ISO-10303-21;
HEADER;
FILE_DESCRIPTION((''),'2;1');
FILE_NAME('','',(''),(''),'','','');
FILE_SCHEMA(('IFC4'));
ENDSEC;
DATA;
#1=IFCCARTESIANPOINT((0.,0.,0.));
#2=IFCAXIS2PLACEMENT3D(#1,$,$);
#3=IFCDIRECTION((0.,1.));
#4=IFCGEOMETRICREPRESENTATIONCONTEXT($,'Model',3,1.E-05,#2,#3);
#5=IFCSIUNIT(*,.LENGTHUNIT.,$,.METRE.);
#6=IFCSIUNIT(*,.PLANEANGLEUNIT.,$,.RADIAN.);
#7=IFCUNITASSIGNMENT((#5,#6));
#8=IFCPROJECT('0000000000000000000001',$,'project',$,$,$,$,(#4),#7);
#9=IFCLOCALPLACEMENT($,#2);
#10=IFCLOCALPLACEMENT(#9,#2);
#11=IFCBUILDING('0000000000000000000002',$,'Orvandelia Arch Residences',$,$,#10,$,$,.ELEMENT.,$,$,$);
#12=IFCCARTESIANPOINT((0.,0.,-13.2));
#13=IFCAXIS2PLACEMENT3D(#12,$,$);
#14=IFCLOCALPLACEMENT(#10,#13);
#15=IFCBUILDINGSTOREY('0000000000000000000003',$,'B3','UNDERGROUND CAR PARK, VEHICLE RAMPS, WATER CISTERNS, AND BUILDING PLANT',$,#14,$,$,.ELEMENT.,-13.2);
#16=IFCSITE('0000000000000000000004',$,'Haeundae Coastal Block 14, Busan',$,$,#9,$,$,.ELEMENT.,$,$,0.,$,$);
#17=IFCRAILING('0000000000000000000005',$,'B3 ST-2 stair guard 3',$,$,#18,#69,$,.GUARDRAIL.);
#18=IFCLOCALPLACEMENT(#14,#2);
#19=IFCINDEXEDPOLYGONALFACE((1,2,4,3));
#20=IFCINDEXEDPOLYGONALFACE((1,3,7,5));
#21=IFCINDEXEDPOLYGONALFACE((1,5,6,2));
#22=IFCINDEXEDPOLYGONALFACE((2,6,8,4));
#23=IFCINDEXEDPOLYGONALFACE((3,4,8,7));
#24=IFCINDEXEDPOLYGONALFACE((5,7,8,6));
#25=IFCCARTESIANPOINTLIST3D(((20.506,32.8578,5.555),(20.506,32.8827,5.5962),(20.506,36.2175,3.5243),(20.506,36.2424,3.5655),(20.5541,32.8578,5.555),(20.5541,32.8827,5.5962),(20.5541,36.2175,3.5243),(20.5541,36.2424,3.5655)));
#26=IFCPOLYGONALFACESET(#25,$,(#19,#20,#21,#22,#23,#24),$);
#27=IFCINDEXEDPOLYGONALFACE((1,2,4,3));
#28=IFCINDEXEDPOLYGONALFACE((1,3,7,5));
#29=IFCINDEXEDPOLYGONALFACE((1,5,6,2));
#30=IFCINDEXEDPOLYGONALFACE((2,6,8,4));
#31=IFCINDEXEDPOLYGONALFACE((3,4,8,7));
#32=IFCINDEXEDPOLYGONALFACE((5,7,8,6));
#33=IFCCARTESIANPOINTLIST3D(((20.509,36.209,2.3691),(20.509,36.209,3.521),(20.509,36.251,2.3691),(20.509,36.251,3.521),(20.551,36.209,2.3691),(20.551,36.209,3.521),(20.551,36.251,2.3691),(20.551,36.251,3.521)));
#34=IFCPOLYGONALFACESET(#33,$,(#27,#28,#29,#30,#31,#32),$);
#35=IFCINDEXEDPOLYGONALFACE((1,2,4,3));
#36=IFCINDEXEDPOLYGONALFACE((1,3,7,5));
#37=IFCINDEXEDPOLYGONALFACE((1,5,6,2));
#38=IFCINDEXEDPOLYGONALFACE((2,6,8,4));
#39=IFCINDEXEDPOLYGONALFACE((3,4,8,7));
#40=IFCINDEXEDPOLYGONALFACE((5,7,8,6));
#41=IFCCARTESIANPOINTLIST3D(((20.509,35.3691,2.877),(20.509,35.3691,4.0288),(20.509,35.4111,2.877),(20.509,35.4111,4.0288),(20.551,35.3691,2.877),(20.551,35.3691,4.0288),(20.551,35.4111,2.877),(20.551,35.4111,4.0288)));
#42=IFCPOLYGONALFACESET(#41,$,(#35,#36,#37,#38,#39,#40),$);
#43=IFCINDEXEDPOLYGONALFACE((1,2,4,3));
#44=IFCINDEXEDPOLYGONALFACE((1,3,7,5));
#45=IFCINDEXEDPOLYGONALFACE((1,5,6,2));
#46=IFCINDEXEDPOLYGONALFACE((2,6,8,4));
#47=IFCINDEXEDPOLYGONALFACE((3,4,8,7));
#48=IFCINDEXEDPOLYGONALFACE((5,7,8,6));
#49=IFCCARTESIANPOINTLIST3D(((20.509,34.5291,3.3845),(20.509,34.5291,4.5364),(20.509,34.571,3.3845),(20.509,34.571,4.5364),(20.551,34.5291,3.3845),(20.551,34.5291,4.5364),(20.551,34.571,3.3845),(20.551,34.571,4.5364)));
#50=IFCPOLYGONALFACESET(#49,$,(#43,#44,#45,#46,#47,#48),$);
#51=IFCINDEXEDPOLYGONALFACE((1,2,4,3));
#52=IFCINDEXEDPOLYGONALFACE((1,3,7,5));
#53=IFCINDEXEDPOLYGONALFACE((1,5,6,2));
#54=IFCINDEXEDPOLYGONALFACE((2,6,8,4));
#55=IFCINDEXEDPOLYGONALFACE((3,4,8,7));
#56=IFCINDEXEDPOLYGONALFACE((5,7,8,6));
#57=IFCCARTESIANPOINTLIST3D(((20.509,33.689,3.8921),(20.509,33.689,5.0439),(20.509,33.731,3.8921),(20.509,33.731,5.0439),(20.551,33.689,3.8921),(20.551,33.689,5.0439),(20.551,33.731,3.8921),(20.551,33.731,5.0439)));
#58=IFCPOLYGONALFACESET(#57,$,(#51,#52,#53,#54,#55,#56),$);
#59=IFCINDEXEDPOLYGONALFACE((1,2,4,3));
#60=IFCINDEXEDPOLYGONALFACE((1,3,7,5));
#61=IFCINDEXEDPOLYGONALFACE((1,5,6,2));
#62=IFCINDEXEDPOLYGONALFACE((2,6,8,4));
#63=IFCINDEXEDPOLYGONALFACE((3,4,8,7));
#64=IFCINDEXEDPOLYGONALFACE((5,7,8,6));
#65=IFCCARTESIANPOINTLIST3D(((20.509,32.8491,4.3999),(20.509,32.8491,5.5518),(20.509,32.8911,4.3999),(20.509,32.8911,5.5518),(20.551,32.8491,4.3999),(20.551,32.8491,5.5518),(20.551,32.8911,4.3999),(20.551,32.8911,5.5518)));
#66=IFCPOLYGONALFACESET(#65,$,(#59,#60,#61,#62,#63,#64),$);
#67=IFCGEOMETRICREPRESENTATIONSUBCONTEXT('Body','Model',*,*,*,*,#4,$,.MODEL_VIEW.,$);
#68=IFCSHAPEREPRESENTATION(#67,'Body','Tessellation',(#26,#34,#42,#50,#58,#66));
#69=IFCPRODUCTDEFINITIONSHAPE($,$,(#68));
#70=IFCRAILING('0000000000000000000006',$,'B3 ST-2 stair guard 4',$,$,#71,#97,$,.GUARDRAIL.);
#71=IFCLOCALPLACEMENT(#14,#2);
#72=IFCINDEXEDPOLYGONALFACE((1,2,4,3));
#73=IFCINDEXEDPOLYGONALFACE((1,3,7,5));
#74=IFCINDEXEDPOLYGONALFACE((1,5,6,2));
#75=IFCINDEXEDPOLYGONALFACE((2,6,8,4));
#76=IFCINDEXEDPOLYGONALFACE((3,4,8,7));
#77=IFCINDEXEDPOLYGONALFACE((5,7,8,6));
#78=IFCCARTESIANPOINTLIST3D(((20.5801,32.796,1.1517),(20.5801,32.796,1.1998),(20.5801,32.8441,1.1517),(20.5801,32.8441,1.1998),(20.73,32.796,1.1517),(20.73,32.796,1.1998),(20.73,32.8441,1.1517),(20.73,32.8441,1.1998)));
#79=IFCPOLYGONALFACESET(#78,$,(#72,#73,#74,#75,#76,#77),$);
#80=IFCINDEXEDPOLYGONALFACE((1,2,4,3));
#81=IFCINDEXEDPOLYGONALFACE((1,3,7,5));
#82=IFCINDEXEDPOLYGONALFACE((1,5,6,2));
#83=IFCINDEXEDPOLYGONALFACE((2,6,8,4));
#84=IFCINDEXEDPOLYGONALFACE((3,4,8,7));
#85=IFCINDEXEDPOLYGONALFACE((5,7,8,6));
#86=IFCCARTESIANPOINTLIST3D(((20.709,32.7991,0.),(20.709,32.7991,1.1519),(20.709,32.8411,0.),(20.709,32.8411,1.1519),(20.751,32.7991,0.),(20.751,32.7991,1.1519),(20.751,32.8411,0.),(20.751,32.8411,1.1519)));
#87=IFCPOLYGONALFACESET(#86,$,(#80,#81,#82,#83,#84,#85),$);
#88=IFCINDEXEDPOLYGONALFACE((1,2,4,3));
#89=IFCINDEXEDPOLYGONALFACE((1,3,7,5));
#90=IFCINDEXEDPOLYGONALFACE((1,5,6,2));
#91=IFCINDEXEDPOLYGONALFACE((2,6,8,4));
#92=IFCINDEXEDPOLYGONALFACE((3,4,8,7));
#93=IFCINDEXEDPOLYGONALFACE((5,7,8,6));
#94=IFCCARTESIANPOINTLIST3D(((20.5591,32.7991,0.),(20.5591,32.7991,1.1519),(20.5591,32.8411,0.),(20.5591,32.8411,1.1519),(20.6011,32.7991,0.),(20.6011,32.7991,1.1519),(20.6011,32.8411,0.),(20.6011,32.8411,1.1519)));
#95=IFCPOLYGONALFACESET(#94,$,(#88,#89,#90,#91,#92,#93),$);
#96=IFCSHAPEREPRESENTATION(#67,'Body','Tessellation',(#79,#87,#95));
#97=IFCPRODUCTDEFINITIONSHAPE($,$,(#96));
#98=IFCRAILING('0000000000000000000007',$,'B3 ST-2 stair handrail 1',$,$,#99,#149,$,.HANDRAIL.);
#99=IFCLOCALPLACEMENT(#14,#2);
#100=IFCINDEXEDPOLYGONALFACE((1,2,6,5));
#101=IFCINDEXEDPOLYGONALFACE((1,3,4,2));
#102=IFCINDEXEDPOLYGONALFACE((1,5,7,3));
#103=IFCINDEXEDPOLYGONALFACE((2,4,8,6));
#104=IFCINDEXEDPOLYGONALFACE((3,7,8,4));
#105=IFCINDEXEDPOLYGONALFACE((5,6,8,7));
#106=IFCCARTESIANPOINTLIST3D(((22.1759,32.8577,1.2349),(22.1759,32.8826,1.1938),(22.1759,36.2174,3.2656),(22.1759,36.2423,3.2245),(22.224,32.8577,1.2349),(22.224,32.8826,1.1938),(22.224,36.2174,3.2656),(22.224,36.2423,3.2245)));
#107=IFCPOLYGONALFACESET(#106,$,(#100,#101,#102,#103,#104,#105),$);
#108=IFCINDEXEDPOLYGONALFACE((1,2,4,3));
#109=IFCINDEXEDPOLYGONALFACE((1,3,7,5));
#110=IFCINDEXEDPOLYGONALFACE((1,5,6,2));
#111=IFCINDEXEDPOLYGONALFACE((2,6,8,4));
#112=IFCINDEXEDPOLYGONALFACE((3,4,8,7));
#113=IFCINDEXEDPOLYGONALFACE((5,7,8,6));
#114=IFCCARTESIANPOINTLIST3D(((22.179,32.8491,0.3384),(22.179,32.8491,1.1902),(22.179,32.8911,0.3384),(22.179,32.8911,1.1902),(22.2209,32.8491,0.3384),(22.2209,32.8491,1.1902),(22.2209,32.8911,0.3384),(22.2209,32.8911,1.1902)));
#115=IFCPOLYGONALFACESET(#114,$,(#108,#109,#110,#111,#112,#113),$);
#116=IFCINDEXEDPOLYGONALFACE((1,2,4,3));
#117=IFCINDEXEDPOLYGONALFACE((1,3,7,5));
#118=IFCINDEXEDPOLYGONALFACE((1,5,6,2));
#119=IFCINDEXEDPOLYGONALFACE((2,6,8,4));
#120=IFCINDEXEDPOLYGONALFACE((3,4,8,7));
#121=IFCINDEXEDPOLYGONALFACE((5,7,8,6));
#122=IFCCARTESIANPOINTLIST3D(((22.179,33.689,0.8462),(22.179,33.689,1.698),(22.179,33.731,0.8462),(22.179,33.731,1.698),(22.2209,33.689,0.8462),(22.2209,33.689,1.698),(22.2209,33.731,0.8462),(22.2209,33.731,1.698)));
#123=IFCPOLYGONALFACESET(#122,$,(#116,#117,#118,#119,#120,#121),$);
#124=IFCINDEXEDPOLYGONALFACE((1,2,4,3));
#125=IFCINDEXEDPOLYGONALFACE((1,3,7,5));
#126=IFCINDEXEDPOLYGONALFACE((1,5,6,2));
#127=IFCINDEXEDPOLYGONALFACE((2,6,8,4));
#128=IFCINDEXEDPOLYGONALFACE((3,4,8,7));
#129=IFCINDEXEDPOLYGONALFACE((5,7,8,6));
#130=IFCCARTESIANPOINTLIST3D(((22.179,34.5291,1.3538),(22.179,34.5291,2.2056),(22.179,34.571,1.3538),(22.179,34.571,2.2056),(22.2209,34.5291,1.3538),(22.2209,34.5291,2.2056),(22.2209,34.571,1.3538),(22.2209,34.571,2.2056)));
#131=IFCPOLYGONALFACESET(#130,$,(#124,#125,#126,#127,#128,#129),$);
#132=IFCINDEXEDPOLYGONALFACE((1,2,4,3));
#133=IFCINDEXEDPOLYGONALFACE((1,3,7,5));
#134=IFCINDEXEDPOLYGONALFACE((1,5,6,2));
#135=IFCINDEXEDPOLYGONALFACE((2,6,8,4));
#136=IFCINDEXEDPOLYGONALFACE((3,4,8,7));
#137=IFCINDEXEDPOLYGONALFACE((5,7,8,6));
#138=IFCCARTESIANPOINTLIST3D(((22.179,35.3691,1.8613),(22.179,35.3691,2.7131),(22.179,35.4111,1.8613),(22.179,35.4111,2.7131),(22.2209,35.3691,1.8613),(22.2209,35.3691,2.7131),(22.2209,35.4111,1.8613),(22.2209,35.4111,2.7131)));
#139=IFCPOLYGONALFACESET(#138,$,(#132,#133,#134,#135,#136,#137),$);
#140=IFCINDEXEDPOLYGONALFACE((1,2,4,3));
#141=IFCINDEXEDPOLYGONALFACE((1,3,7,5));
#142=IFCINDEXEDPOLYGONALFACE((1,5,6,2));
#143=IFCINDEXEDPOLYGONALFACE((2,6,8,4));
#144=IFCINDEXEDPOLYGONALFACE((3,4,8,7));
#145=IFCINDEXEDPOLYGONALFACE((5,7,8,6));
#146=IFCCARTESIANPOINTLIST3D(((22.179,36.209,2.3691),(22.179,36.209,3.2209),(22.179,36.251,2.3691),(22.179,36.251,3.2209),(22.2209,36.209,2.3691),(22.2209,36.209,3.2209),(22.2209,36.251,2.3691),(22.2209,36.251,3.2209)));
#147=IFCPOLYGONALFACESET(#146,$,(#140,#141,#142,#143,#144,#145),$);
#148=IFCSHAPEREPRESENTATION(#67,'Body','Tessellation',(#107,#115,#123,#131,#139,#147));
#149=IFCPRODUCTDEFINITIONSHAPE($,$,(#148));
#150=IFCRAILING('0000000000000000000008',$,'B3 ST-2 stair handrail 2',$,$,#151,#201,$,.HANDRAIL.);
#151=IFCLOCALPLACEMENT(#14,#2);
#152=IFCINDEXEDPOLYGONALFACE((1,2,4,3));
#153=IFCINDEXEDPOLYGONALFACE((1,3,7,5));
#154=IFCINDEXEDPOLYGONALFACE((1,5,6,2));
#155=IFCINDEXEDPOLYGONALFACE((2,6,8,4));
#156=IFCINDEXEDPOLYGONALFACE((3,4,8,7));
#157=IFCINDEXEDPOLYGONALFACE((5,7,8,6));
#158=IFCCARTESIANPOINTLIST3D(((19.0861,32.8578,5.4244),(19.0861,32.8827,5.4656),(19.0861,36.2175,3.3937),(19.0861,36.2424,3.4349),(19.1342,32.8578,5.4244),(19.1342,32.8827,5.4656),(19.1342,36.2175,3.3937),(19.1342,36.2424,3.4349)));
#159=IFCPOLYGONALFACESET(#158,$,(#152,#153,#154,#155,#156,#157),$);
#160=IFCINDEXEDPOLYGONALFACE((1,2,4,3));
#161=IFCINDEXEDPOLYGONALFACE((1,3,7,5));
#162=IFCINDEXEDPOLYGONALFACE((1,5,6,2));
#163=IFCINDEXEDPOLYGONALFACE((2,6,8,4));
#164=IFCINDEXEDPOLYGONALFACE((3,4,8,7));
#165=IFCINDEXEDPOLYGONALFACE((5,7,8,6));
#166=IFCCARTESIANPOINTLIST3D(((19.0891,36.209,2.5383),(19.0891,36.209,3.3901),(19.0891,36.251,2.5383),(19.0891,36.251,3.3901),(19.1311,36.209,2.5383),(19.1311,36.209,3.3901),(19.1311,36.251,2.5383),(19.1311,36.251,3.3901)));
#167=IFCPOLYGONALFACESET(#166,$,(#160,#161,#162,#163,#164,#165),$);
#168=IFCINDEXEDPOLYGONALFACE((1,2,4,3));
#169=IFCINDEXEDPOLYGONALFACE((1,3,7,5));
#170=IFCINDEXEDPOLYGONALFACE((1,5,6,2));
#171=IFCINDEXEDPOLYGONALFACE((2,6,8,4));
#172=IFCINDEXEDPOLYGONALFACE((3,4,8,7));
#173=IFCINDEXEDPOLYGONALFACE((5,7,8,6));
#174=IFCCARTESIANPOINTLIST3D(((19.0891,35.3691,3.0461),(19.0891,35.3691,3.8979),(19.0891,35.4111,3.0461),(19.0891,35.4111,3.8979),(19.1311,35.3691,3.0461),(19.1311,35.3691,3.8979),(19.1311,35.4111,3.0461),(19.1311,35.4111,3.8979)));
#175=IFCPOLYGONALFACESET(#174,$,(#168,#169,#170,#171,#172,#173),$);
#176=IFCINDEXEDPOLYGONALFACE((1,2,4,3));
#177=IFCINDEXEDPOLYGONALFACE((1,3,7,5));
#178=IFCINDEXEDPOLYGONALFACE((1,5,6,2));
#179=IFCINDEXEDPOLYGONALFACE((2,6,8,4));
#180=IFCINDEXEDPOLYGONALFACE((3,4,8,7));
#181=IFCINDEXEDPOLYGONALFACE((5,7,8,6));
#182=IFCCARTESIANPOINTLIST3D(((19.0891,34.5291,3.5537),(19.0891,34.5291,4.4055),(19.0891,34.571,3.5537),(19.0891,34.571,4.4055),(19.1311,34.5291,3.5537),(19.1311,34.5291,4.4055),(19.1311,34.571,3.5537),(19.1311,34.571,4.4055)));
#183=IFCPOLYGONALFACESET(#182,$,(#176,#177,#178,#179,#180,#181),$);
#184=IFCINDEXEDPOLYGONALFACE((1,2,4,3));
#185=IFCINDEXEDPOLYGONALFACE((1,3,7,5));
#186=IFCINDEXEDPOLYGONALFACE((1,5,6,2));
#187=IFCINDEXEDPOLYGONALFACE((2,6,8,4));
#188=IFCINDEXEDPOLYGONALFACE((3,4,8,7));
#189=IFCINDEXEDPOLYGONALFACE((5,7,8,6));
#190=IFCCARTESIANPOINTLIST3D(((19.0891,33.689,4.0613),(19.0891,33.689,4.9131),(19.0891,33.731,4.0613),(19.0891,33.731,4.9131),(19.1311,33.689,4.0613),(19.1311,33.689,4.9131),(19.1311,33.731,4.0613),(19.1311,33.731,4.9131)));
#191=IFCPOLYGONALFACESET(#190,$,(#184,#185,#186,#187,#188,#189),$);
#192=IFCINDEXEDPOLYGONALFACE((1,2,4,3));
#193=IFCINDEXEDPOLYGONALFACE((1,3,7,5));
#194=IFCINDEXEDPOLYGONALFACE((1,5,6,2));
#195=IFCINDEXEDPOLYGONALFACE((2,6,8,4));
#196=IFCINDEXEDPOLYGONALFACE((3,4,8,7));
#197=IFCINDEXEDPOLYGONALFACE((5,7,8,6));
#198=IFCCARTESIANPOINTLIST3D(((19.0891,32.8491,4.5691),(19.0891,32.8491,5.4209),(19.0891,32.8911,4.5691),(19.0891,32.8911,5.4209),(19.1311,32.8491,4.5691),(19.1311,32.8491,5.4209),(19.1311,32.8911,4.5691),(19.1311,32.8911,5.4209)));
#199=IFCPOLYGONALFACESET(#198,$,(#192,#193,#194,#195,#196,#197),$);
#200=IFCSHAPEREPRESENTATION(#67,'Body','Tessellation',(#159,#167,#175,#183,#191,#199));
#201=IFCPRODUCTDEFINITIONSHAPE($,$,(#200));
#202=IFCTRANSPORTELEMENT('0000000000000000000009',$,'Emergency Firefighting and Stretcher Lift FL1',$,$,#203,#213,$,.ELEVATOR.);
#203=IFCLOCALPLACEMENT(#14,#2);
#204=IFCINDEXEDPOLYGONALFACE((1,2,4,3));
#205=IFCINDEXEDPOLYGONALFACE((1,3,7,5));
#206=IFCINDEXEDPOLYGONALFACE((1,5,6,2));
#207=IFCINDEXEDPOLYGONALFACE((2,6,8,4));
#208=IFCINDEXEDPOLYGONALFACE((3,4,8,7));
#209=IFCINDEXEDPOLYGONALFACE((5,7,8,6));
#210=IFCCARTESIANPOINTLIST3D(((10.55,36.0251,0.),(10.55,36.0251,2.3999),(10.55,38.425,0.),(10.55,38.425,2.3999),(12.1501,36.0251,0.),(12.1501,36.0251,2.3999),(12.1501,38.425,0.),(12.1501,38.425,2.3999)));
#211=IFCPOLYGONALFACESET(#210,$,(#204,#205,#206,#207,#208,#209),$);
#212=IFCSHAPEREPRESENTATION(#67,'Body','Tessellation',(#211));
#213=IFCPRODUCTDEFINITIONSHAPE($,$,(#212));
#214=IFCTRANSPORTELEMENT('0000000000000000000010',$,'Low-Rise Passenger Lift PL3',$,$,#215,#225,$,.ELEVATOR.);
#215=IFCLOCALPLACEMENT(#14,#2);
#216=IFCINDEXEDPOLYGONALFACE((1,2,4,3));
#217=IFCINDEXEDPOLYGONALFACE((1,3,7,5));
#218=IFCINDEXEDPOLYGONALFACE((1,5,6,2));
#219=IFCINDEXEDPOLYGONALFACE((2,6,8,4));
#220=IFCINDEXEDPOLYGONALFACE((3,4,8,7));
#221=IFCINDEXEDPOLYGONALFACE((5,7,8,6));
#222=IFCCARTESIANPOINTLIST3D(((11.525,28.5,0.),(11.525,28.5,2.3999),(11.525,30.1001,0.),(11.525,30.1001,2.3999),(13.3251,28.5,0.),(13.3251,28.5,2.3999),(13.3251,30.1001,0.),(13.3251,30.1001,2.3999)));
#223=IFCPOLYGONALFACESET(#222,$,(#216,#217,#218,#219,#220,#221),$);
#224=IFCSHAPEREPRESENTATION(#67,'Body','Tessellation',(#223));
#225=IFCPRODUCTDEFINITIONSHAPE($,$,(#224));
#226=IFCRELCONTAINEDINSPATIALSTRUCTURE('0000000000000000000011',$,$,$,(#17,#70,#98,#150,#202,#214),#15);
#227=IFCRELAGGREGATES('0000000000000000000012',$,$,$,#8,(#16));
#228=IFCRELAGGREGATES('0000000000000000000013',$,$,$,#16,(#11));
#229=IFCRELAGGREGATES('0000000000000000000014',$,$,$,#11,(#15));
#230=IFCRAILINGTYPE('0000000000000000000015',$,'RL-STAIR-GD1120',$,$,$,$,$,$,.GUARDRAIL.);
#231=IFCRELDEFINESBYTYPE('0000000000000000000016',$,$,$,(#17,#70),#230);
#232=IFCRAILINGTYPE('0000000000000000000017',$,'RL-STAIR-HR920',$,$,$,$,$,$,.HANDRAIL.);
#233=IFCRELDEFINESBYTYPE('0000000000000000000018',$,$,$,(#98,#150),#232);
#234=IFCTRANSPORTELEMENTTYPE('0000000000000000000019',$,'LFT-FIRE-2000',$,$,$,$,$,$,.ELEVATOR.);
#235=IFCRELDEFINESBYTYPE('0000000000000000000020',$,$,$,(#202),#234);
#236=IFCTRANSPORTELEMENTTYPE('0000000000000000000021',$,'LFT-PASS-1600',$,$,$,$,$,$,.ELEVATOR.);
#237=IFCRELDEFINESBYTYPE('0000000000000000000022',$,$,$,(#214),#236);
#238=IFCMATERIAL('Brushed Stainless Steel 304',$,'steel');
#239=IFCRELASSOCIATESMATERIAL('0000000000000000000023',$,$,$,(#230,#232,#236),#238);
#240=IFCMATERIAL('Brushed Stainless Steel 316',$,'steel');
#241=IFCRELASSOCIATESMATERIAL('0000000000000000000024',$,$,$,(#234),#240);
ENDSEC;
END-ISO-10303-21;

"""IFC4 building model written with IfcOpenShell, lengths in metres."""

from ifc_helpers import new_model, si_unit, direction, frame, origin, origin_2d, place, context, subcontext, project, spatial, rectangle, extrude, material, type_object, element, save


model = new_model("IFC4")

# Units and contexts
model_context = context("Model", 3, precision=1e-05, world=origin(), true_north=direction((0.0, 1.0)))
body_context = subcontext(model_context, "Body", "Model", "MODEL_VIEW")
ifc_project = project(units=[si_unit("LENGTHUNIT", "METRE"), si_unit("PLANEANGLEUNIT", "RADIAN")], contexts=[model_context])

# Site, building, storey
site_placement = place(None, origin())
site = spatial("IfcSite", under=ifc_project, at=site_placement, Name="Haeundae Coastal Block 14, Busan", CompositionType="ELEMENT", RefElevation=0.0)
building_placement = place(site_placement, origin())
building = spatial("IfcBuilding", under=site, at=building_placement, Name="Orvandelia Arch Residences", CompositionType="ELEMENT")
storey_placement = place(building_placement, frame((0.0, 0.0, -13.2)))
storey = spatial("IfcBuildingStorey", under=building, at=storey_placement, Name="B3", Description="UNDERGROUND CAR PARK, VEHICLE RAMPS, WATER CISTERNS, AND BUILDING PLANT", CompositionType="ELEMENT", Elevation=-13.2)

# Railings
ifc_material_1 = material(Name="Brushed Stainless Steel 304", Category="steel")
railing_type_1 = type_object("IfcRailingType", Name="RL-STAIR-GD1120", PredefinedType="GUARDRAIL", material=ifc_material_1)
railing_1_placement = place(storey_placement, frame((20.53, 36.23, 2.3691)))
element("IfcRailing", 1, at=railing_1_placement, inside=storey, type_object=railing_type_1, Name="B3 ST-2 stair guard 3", PredefinedType="GUARDRAIL", context=body_context, shape_type="SweptSolid", body=[
    extrude(rectangle(XDim=0.0481, YDim=0.0481, at=origin_2d()), frame((0.0, 0.0, 1.1758), z_axis=(0.0, -0.85582, 0.517273), x_axis=(1.0, 0.0, 0.0)), (0.0, 0.0, 1.0), 3.9258),
    extrude(rectangle(XDim=0.042, YDim=0.042, at=origin_2d()), origin(), (0.0, 0.0, 1.0), 1.1519),
    extrude(rectangle(XDim=0.042, YDim=0.042, at=origin_2d()), frame((0.0, -0.8398, 0.5078)), (0.0, 0.0, 1.0), 1.1519),
    extrude(rectangle(XDim=0.042, YDim=0.042, at=origin_2d()), frame((0.0, -1.6799, 1.0154)), (0.0, 0.0, 1.0), 1.1519),
    extrude(rectangle(XDim=0.042, YDim=0.042, at=origin_2d()), frame((0.0, -2.52, 1.5229)), (0.0, 0.0, 1.0), 1.1519),
    extrude(rectangle(XDim=0.042, YDim=0.042, at=origin_2d()), frame((0.0, -3.3599, 2.0308)), (0.0, 0.0, 1.0), 1.1519),
])
railing_2_placement = place(storey_placement, frame((20.73, 32.8201, 0.0)))
element("IfcRailing", 2, at=railing_2_placement, inside=storey, type_object=railing_type_1, Name="B3 ST-2 stair guard 4", PredefinedType="GUARDRAIL", context=body_context, shape_type="SweptSolid", body=[
    extrude(rectangle(XDim=0.0481, YDim=0.0481, at=origin_2d()), frame((0.0, 0.0, 1.1758), z_axis=(-1.0, 0.0, 0.0), x_axis=(0.0, -1.0, 0.0)), (0.0, 0.0, 1.0), 0.1499),
    extrude(rectangle(XDim=0.042, YDim=0.042, at=origin_2d()), origin(), (0.0, 0.0, 1.0), 1.1519),
    extrude(rectangle(XDim=0.042, YDim=0.042, at=origin_2d()), frame((-0.1499, 0.0, 0.0)), (0.0, 0.0, 1.0), 1.1519),
])
railing_type_2 = type_object("IfcRailingType", Name="RL-STAIR-HR920", PredefinedType="HANDRAIL", material=ifc_material_1)
railing_3_placement = place(storey_placement, frame((22.2, 32.8701, 0.3384)))
element("IfcRailing", 3, at=railing_3_placement, inside=storey, type_object=railing_type_2, Name="B3 ST-2 stair handrail 1", PredefinedType="HANDRAIL", context=body_context, shape_type="SweptSolid", body=[
    extrude(rectangle(XDim=0.0481, YDim=0.0481, at=origin_2d()), frame((0.0, 0.0, 0.876), z_axis=(0.0, 0.85582, 0.517273), x_axis=(-1.0, 0.0, 0.0)), (0.0, 0.0, 1.0), 3.9258),
    extrude(rectangle(XDim=0.042, YDim=0.042, at=origin_2d()), origin(), (0.0, 0.0, 1.0), 0.8518),
    extrude(rectangle(XDim=0.042, YDim=0.042, at=origin_2d()), frame((0.0, 0.8398, 0.5078)), (0.0, 0.0, 1.0), 0.8518),
    extrude(rectangle(XDim=0.042, YDim=0.042, at=origin_2d()), frame((0.0, 1.6799, 1.0154)), (0.0, 0.0, 1.0), 0.8518),
    extrude(rectangle(XDim=0.042, YDim=0.042, at=origin_2d()), frame((0.0, 2.52, 1.5229)), (0.0, 0.0, 1.0), 0.8518),
    extrude(rectangle(XDim=0.042, YDim=0.042, at=origin_2d()), frame((0.0, 3.3599, 2.0308)), (0.0, 0.0, 1.0), 0.8518),
])
railing_4_placement = place(storey_placement, frame((19.1101, 36.23, 2.5383)))
element("IfcRailing", 4, at=railing_4_placement, inside=storey, type_object=railing_type_2, Name="B3 ST-2 stair handrail 2", PredefinedType="HANDRAIL", context=body_context, shape_type="SweptSolid", body=[
    extrude(rectangle(XDim=0.0481, YDim=0.0481, at=origin_2d()), frame((0.0, 0.0, 0.876), z_axis=(0.0, -0.85582, 0.517273), x_axis=(1.0, 0.0, 0.0)), (0.0, 0.0, 1.0), 3.9258),
    extrude(rectangle(XDim=0.042, YDim=0.042, at=origin_2d()), origin(), (0.0, 0.0, 1.0), 0.8518),
    extrude(rectangle(XDim=0.042, YDim=0.042, at=origin_2d()), frame((0.0, -0.8398, 0.5078)), (0.0, 0.0, 1.0), 0.8518),
    extrude(rectangle(XDim=0.042, YDim=0.042, at=origin_2d()), frame((0.0, -1.6799, 1.0154)), (0.0, 0.0, 1.0), 0.8518),
    extrude(rectangle(XDim=0.042, YDim=0.042, at=origin_2d()), frame((0.0, -2.52, 1.5229)), (0.0, 0.0, 1.0), 0.8518),
    extrude(rectangle(XDim=0.042, YDim=0.042, at=origin_2d()), frame((0.0, -3.3599, 2.0308)), (0.0, 0.0, 1.0), 0.8518),
])

# Transport elements
ifc_material_2 = material(Name="Brushed Stainless Steel 316", Category="steel")
transport_element_type_1 = type_object("IfcTransportElementType", Name="LFT-FIRE-2000", PredefinedType="ELEVATOR", material=ifc_material_2)
transport_element_placement = place(storey_placement, frame((11.3501, 37.2251, 0.0), z_axis=(0.0, 0.0, 1.0), x_axis=(1.0, 0.0, 0.0)))
element("IfcTransportElement", 5, at=transport_element_placement, inside=storey, type_object=transport_element_type_1, Name="Emergency Firefighting and Stretcher Lift FL1", PredefinedType="ELEVATOR", context=body_context, shape_type="SweptSolid", body=[
    extrude(rectangle(XDim=1.6001, YDim=2.3999, at=origin_2d()), origin(), (0.0, 0.0, 1.0), 2.3999),
])
transport_element_type_2 = type_object("IfcTransportElementType", Name="LFT-PASS-1600", PredefinedType="ELEVATOR", material=ifc_material_1)
for number, where, z_axis, x_axis, name in (
    (6, (12.425, 29.3, 0.0), (0.0, 0.0, 1.0), (1.0, 0.0, 0.0), "Low-Rise Passenger Lift PL3"),
):
    element("IfcTransportElement", number, at=place(storey_placement, frame(where, z_axis=z_axis, x_axis=x_axis)), inside=storey, type_object=transport_element_type_2, Name=name, PredefinedType="ELEVATOR", context=body_context, shape_type="SweptSolid", body=[
        extrude(rectangle(XDim=1.8, YDim=1.6001, at=origin_2d()), origin(), (0.0, 0.0, 1.0), 2.3999),
    ])

save(model, "model.ifc")
